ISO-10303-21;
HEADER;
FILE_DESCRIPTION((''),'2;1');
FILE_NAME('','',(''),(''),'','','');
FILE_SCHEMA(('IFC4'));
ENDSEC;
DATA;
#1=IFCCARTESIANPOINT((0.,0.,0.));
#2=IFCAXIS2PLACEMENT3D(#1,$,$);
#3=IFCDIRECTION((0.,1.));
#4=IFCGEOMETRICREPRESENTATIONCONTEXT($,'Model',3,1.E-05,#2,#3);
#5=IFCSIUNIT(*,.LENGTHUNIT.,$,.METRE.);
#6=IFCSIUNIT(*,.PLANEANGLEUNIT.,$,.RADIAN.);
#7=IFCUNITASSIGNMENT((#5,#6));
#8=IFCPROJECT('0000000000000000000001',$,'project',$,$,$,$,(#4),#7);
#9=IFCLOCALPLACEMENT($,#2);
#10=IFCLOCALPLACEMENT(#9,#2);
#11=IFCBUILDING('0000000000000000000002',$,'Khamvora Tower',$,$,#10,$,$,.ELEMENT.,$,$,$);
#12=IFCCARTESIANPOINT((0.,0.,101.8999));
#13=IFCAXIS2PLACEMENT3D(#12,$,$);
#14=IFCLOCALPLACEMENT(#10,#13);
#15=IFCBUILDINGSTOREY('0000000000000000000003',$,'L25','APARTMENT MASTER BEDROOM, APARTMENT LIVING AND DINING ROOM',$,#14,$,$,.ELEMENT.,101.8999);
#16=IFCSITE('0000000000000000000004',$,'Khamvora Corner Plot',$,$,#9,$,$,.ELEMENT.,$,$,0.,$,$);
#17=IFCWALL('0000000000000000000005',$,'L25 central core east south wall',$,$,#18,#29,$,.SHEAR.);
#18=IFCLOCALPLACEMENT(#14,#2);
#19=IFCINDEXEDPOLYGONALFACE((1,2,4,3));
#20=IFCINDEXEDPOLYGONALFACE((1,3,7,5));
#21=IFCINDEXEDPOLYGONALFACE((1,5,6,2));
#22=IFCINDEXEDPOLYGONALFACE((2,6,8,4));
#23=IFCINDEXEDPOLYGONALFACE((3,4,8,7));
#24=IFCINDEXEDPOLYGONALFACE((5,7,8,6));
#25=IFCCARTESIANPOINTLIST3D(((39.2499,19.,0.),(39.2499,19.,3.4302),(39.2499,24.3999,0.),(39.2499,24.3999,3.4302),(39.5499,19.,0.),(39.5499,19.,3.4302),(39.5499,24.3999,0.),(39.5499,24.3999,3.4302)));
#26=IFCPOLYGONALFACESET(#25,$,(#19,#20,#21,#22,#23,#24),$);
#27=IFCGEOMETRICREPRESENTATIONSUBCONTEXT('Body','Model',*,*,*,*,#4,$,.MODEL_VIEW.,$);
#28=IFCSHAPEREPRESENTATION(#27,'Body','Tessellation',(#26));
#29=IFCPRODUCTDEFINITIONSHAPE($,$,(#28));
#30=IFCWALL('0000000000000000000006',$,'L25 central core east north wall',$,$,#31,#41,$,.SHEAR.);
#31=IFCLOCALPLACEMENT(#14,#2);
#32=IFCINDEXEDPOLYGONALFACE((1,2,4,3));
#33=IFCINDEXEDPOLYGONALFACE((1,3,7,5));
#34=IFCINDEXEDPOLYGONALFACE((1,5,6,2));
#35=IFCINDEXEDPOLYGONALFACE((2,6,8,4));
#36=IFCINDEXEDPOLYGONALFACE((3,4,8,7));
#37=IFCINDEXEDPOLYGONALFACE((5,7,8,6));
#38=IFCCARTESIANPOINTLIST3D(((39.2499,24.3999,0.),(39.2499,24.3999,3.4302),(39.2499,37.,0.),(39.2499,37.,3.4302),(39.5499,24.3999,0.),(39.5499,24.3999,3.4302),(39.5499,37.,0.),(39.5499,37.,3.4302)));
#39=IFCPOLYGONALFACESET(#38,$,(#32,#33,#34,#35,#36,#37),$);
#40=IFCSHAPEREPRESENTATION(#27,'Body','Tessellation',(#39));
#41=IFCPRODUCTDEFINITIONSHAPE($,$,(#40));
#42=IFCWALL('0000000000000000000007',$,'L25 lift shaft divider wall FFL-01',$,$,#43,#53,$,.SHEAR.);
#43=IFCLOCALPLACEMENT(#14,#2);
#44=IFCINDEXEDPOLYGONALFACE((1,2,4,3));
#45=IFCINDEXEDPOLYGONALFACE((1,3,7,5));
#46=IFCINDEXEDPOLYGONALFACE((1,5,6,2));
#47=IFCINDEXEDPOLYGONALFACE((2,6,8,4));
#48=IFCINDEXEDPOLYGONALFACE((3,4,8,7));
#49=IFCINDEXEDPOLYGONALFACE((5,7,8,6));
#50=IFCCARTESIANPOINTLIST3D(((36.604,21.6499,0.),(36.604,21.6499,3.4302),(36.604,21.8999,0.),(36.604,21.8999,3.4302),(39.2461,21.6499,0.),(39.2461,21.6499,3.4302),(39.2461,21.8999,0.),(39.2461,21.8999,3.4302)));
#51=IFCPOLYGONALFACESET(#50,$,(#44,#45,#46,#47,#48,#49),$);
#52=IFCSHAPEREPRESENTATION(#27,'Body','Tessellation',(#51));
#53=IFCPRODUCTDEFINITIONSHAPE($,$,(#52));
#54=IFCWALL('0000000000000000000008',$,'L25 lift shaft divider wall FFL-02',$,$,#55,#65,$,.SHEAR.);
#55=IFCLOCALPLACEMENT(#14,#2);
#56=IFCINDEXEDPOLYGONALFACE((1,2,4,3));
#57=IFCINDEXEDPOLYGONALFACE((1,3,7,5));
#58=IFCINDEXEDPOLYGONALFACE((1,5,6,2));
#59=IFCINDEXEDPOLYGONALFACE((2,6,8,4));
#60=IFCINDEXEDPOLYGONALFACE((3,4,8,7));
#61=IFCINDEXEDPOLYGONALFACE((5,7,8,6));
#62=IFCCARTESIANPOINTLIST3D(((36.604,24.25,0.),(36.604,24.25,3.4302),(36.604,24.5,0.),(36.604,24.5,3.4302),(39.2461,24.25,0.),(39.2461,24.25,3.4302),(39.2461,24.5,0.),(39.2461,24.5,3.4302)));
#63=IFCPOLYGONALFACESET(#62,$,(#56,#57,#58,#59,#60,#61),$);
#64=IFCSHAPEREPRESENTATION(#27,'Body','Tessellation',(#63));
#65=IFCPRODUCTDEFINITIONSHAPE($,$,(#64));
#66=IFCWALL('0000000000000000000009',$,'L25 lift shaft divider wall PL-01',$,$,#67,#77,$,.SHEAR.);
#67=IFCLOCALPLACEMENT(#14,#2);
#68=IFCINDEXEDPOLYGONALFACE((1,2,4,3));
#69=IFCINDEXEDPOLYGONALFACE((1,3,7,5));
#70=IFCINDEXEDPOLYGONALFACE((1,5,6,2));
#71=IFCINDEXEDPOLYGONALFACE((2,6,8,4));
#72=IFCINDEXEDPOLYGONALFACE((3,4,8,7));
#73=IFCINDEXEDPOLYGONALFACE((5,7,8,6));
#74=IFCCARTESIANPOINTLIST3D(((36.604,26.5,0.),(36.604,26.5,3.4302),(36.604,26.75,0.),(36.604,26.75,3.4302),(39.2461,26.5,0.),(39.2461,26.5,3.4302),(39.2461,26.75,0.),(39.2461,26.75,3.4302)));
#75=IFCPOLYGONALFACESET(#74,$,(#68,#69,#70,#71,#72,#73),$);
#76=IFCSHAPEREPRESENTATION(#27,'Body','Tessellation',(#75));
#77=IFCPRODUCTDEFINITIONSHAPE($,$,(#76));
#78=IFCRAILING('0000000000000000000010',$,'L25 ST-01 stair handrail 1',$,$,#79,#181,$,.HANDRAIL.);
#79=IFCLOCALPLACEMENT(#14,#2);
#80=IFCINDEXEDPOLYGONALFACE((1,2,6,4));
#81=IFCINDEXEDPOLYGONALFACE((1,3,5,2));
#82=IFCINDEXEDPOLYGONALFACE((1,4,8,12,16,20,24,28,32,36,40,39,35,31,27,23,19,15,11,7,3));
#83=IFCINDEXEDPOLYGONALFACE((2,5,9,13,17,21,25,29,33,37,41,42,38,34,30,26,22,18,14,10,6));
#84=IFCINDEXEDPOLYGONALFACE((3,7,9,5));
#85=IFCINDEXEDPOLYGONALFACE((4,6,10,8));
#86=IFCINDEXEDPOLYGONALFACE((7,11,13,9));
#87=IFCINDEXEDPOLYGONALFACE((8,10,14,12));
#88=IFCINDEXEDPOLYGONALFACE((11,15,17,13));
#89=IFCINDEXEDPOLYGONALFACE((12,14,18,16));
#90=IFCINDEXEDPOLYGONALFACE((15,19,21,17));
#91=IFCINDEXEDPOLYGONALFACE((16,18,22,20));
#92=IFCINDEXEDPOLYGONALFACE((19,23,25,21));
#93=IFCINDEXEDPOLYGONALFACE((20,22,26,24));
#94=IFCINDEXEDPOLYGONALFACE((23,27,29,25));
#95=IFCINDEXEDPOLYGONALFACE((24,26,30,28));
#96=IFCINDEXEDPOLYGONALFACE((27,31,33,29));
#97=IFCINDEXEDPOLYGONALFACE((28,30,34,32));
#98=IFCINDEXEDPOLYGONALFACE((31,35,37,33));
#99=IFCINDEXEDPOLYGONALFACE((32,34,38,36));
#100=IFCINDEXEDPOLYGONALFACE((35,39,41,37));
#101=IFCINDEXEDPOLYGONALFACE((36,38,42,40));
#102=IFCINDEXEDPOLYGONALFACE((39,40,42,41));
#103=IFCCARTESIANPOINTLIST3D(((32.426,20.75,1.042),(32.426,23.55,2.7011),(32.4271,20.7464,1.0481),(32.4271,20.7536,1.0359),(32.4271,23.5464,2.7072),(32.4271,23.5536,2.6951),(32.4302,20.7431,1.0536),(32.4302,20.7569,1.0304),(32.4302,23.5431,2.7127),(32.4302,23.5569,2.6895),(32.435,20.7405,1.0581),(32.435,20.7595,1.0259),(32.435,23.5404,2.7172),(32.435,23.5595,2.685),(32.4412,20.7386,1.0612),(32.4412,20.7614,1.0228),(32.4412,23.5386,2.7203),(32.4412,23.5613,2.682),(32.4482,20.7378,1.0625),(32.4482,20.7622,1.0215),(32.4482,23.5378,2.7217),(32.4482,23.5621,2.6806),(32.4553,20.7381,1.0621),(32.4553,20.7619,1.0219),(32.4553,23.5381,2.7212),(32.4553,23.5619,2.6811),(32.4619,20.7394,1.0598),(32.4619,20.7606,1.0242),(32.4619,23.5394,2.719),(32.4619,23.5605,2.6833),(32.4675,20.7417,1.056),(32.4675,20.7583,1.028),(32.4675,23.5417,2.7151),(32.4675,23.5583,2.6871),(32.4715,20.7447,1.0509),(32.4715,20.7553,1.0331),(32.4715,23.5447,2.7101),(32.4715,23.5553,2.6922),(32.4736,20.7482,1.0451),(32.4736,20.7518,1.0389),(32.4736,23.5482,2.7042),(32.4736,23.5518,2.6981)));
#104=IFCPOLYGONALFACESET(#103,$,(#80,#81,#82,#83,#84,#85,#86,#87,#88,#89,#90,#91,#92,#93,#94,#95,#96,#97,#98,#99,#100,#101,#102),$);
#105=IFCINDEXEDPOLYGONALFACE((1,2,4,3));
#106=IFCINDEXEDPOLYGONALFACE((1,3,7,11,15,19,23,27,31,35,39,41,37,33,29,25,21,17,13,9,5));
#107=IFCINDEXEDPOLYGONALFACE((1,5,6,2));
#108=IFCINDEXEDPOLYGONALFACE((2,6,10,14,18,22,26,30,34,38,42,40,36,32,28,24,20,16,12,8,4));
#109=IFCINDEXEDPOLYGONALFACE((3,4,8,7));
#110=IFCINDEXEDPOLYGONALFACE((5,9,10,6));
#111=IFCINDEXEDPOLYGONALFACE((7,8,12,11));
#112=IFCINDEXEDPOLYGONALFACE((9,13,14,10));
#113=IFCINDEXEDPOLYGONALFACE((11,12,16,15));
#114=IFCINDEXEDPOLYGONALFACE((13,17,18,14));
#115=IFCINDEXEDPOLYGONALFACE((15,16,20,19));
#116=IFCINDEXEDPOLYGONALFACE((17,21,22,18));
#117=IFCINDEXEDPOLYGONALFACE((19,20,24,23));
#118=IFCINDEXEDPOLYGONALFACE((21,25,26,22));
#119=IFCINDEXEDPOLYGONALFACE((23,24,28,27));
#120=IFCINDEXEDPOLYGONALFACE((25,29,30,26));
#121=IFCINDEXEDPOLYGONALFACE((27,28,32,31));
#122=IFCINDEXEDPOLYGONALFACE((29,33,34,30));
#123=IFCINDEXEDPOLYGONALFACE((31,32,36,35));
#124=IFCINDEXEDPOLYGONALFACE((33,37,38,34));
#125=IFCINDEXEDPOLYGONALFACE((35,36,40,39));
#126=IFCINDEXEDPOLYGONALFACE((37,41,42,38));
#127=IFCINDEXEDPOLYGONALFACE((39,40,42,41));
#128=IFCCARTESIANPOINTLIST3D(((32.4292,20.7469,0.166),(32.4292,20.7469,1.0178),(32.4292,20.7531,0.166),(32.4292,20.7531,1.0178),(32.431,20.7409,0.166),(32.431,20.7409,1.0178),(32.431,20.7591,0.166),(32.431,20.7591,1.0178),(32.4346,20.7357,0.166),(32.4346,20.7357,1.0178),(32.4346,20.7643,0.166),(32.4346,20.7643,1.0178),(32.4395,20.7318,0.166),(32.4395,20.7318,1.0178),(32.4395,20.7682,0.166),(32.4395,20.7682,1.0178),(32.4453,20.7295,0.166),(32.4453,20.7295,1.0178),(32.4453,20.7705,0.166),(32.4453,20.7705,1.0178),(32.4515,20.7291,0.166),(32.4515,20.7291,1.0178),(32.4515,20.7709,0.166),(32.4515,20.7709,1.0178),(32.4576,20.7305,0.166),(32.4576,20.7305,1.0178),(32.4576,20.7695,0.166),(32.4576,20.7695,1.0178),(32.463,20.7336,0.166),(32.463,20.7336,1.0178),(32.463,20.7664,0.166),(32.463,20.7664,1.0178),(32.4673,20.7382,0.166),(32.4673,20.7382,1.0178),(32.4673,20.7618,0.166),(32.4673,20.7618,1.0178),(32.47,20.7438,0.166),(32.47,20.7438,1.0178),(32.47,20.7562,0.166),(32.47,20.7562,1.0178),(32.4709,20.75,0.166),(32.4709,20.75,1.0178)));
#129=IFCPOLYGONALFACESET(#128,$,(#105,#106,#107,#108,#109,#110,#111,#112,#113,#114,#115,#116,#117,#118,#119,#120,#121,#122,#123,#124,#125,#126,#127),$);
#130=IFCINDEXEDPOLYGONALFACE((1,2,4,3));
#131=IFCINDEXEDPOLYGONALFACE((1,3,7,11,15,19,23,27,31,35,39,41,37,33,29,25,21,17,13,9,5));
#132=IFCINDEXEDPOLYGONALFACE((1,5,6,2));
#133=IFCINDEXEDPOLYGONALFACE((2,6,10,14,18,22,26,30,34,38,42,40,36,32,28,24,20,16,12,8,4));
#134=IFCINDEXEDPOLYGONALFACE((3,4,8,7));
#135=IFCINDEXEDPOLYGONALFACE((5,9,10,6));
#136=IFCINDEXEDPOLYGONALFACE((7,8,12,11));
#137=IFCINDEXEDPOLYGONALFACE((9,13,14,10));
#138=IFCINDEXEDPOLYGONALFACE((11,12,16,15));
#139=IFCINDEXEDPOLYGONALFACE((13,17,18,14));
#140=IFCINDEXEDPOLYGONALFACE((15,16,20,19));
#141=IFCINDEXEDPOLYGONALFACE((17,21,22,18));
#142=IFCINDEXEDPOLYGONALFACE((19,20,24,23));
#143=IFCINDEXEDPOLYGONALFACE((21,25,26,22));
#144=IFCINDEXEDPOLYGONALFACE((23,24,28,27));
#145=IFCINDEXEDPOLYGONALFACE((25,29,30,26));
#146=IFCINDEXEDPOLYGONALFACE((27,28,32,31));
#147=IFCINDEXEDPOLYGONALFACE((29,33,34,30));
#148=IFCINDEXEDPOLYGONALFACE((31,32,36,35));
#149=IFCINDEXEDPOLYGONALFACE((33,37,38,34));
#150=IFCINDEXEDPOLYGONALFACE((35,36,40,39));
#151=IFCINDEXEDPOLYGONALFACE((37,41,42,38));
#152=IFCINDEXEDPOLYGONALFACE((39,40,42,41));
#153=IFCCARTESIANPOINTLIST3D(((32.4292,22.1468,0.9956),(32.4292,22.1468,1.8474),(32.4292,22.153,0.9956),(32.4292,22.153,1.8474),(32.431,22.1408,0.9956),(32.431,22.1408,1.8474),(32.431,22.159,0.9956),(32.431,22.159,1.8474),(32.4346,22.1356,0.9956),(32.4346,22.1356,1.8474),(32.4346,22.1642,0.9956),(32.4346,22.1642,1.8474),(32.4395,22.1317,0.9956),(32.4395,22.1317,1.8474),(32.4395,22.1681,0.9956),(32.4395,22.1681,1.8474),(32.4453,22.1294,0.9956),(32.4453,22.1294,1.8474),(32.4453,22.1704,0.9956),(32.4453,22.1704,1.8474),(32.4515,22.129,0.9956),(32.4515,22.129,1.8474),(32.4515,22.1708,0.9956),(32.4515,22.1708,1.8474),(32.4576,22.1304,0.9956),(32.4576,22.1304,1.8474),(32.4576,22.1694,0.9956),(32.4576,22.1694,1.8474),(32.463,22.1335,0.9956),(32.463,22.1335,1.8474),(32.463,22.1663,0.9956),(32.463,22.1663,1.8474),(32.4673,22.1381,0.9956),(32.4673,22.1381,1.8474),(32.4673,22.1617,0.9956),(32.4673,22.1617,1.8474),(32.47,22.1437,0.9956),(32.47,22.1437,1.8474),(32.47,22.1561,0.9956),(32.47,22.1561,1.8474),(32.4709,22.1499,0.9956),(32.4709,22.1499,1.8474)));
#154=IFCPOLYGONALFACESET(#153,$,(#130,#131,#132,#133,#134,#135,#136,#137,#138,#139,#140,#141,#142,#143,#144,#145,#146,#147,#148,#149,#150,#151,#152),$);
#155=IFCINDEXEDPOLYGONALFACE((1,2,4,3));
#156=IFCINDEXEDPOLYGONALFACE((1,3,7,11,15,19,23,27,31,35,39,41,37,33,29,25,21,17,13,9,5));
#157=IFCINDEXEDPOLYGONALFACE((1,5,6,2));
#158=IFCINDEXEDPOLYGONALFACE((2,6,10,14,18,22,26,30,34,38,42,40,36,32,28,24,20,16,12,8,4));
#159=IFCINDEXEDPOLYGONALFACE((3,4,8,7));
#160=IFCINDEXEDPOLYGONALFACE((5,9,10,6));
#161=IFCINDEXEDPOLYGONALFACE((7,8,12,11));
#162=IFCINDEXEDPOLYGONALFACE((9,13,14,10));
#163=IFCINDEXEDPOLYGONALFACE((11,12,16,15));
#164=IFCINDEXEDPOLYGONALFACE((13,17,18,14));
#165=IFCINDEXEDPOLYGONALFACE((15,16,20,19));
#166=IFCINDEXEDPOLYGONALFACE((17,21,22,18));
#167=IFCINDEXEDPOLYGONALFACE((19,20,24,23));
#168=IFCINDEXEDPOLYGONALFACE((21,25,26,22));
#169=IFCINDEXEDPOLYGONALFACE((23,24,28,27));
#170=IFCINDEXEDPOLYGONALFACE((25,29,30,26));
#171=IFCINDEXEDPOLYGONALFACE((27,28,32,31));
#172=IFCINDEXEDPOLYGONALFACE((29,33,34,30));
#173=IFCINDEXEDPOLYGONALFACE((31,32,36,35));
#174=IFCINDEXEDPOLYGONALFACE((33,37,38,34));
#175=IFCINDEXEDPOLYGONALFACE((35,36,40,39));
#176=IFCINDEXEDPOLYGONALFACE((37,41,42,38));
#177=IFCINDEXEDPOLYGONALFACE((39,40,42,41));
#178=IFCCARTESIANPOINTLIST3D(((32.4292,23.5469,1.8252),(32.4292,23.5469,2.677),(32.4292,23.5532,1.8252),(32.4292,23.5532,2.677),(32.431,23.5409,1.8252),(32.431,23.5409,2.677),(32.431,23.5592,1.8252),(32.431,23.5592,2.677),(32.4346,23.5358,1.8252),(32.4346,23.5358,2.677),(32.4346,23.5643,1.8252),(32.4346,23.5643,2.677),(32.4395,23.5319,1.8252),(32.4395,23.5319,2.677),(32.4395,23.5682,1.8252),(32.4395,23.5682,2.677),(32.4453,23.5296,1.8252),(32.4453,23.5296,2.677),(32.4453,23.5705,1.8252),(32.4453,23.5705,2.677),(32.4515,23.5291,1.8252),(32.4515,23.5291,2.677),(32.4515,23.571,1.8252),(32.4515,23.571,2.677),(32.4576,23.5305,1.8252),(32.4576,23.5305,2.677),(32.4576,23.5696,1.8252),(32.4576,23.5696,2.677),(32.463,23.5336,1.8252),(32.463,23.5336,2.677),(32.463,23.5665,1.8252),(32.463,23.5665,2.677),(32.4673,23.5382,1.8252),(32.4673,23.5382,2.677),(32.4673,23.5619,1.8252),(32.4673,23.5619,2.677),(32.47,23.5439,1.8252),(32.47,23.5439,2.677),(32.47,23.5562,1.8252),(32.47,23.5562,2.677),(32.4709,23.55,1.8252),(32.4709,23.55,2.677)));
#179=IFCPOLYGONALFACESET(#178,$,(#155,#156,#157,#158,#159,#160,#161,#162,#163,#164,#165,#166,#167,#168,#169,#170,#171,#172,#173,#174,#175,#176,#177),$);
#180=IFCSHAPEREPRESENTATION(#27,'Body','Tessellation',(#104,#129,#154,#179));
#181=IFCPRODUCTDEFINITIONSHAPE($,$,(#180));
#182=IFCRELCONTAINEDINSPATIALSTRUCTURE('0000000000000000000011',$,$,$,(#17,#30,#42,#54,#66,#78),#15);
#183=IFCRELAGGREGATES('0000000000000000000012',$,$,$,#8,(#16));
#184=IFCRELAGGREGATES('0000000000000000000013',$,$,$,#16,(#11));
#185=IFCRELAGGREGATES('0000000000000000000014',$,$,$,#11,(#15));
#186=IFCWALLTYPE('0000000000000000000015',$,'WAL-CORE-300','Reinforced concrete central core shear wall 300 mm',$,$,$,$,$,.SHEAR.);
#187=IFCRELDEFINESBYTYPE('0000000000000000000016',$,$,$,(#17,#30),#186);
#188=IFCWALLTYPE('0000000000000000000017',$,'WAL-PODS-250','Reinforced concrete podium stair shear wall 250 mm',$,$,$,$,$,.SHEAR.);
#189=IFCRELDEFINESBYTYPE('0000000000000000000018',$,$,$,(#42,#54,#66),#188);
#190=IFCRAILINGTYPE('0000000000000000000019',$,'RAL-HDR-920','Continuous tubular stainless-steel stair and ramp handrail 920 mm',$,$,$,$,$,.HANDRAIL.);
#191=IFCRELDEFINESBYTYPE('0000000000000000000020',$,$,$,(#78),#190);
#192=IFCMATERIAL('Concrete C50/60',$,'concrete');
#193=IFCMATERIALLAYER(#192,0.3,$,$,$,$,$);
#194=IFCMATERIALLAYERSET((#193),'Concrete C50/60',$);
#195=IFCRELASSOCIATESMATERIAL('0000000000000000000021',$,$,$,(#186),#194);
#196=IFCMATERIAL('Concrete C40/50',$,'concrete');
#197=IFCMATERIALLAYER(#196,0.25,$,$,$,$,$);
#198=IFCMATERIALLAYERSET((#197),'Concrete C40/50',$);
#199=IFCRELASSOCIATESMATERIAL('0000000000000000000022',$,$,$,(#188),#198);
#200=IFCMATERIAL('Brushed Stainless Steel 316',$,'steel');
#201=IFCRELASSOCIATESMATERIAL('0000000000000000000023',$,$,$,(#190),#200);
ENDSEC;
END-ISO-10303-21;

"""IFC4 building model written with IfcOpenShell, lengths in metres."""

from ifc_helpers import new_model, si_unit, direction, frame, frame_2d, origin, origin_2d, place, context, subcontext, project, spatial, rectangle, circle, extrude, material, layer, layer_set, type_object, element, save


model = new_model("IFC4")

# Units and contexts
model_context = context("Model", 3, precision=1e-05, world=origin(), true_north=direction((0.0, 1.0)))
body_context = subcontext(model_context, "Body", "Model", "MODEL_VIEW")
ifc_project = project(units=[si_unit("LENGTHUNIT", "METRE"), si_unit("PLANEANGLEUNIT", "RADIAN")], contexts=[model_context])

# Site, building, storey
site_placement = place(None, origin())
site = spatial("IfcSite", under=ifc_project, at=site_placement, Name="Khamvora Corner Plot", CompositionType="ELEMENT", RefElevation=0.0)
building_placement = place(site_placement, origin())
building = spatial("IfcBuilding", under=site, at=building_placement, Name="Khamvora Tower", CompositionType="ELEMENT")
storey_placement = place(building_placement, frame((0.0, 0.0, 101.8999)))
storey = spatial("IfcBuildingStorey", under=building, at=storey_placement, Name="L25", Description="APARTMENT MASTER BEDROOM, APARTMENT LIVING AND DINING ROOM", CompositionType="ELEMENT", Elevation=101.8999)

# Walls
ifc_material_1 = material(Name="Concrete C50/60", Category="concrete")
ifc_layer_1 = layer(ifc_material_1, 0.3)
ifc_layer_set_1 = layer_set([ifc_layer_1], Name="Concrete C50/60")
wall_type_1 = type_object("IfcWallType", Name="WAL-CORE-300", Description="Reinforced concrete central core shear wall 300 mm", PredefinedType="SHEAR", material=ifc_layer_set_1)
wall_1_placement = place(storey_placement, frame((39.3999, 19.0, 0.0), z_axis=(0.0, 0.0, 1.0), x_axis=(0.0, 1.0, 0.0)))
element("IfcWall", 1, at=wall_1_placement, inside=storey, type_object=wall_type_1, Name="L25 central core east south wall", PredefinedType="SHEAR", context=body_context, shape_type="SweptSolid", body=[
    extrude(rectangle(XDim=5.3999, YDim=0.3, at=frame_2d((2.7, 0.0))), origin(), (0.0, 0.0, 1.0), 3.4302),
])
wall_2_placement = place(storey_placement, frame((39.3999, 24.3999, 0.0), z_axis=(0.0, 0.0, 1.0), x_axis=(0.0, 1.0, 0.0)))
element("IfcWall", 2, at=wall_2_placement, inside=storey, type_object=wall_type_1, Name="L25 central core east north wall", PredefinedType="SHEAR", context=body_context, shape_type="SweptSolid", body=[
    extrude(rectangle(XDim=12.6001, YDim=0.3, at=frame_2d((6.3, 0.0))), origin(), (0.0, 0.0, 1.0), 3.4302),
])

# Walls
ifc_material_2 = material(Name="Concrete C40/50", Category="concrete")
ifc_layer_2 = layer(ifc_material_2, 0.25)
ifc_layer_set_2 = layer_set([ifc_layer_2], Name="Concrete C40/50")
wall_type_2 = type_object("IfcWallType", Name="WAL-PODS-250", Description="Reinforced concrete podium stair shear wall 250 mm", PredefinedType="SHEAR", material=ifc_layer_set_2)
for number, where, z_axis, x_axis, name in (
    (3, (36.604, 21.7749, 0.0), (0.0, 0.0, 1.0), (1.0, 0.0, 0.0), "L25 lift shaft divider wall FFL-01"),
    (4, (36.604, 24.375, 0.0), (0.0, 0.0, 1.0), (1.0, 0.0, 0.0), "L25 lift shaft divider wall FFL-02"),
    (5, (36.604, 26.625, 0.0), (0.0, 0.0, 1.0), (1.0, 0.0, 0.0), "L25 lift shaft divider wall PL-01"),
):
    element("IfcWall", number, at=place(storey_placement, frame(where, z_axis=z_axis, x_axis=x_axis)), inside=storey, type_object=wall_type_2, Name=name, PredefinedType="SHEAR", context=body_context, shape_type="SweptSolid", body=[
        extrude(rectangle(XDim=2.6421, YDim=0.25, at=frame_2d((1.321, 0.0))), origin(), (0.0, 0.0, 1.0), 3.4302),
    ])

# Railing
ifc_material_3 = material(Name="Brushed Stainless Steel 316", Category="steel")
railing_type = type_object("IfcRailingType", Name="RAL-HDR-920", Description="Continuous tubular stainless-steel stair and ramp handrail 920 mm", PredefinedType="HANDRAIL", material=ifc_material_3)
railing_placement = place(storey_placement, frame((32.45, 20.75, 0.166)))
element("IfcRailing", 6, at=railing_placement, inside=storey, type_object=railing_type, Name="L25 ST-01 stair handrail 1", PredefinedType="HANDRAIL", context=body_context, shape_type="SweptSolid", body=[
    extrude(circle(Radius=0.0239, at=origin_2d()), frame((0.0, 0.0, 0.876), z_axis=(0.0, 0.860306, 0.509778), x_axis=(-1.0, 0.0, 0.0)), (0.0, 0.0, 1.0), 3.2546),
    extrude(circle(Radius=0.021, at=origin_2d()), origin(), (0.0, 0.0, 1.0), 0.8518),
    extrude(circle(Radius=0.021, at=origin_2d()), frame((0.0, 1.3999, 0.8296)), (0.0, 0.0, 1.0), 0.8518),
    extrude(circle(Radius=0.021, at=origin_2d()), frame((0.0, 2.8, 1.6592)), (0.0, 0.0, 1.0), 0.8518),
])

save(model, "model.ifc")
